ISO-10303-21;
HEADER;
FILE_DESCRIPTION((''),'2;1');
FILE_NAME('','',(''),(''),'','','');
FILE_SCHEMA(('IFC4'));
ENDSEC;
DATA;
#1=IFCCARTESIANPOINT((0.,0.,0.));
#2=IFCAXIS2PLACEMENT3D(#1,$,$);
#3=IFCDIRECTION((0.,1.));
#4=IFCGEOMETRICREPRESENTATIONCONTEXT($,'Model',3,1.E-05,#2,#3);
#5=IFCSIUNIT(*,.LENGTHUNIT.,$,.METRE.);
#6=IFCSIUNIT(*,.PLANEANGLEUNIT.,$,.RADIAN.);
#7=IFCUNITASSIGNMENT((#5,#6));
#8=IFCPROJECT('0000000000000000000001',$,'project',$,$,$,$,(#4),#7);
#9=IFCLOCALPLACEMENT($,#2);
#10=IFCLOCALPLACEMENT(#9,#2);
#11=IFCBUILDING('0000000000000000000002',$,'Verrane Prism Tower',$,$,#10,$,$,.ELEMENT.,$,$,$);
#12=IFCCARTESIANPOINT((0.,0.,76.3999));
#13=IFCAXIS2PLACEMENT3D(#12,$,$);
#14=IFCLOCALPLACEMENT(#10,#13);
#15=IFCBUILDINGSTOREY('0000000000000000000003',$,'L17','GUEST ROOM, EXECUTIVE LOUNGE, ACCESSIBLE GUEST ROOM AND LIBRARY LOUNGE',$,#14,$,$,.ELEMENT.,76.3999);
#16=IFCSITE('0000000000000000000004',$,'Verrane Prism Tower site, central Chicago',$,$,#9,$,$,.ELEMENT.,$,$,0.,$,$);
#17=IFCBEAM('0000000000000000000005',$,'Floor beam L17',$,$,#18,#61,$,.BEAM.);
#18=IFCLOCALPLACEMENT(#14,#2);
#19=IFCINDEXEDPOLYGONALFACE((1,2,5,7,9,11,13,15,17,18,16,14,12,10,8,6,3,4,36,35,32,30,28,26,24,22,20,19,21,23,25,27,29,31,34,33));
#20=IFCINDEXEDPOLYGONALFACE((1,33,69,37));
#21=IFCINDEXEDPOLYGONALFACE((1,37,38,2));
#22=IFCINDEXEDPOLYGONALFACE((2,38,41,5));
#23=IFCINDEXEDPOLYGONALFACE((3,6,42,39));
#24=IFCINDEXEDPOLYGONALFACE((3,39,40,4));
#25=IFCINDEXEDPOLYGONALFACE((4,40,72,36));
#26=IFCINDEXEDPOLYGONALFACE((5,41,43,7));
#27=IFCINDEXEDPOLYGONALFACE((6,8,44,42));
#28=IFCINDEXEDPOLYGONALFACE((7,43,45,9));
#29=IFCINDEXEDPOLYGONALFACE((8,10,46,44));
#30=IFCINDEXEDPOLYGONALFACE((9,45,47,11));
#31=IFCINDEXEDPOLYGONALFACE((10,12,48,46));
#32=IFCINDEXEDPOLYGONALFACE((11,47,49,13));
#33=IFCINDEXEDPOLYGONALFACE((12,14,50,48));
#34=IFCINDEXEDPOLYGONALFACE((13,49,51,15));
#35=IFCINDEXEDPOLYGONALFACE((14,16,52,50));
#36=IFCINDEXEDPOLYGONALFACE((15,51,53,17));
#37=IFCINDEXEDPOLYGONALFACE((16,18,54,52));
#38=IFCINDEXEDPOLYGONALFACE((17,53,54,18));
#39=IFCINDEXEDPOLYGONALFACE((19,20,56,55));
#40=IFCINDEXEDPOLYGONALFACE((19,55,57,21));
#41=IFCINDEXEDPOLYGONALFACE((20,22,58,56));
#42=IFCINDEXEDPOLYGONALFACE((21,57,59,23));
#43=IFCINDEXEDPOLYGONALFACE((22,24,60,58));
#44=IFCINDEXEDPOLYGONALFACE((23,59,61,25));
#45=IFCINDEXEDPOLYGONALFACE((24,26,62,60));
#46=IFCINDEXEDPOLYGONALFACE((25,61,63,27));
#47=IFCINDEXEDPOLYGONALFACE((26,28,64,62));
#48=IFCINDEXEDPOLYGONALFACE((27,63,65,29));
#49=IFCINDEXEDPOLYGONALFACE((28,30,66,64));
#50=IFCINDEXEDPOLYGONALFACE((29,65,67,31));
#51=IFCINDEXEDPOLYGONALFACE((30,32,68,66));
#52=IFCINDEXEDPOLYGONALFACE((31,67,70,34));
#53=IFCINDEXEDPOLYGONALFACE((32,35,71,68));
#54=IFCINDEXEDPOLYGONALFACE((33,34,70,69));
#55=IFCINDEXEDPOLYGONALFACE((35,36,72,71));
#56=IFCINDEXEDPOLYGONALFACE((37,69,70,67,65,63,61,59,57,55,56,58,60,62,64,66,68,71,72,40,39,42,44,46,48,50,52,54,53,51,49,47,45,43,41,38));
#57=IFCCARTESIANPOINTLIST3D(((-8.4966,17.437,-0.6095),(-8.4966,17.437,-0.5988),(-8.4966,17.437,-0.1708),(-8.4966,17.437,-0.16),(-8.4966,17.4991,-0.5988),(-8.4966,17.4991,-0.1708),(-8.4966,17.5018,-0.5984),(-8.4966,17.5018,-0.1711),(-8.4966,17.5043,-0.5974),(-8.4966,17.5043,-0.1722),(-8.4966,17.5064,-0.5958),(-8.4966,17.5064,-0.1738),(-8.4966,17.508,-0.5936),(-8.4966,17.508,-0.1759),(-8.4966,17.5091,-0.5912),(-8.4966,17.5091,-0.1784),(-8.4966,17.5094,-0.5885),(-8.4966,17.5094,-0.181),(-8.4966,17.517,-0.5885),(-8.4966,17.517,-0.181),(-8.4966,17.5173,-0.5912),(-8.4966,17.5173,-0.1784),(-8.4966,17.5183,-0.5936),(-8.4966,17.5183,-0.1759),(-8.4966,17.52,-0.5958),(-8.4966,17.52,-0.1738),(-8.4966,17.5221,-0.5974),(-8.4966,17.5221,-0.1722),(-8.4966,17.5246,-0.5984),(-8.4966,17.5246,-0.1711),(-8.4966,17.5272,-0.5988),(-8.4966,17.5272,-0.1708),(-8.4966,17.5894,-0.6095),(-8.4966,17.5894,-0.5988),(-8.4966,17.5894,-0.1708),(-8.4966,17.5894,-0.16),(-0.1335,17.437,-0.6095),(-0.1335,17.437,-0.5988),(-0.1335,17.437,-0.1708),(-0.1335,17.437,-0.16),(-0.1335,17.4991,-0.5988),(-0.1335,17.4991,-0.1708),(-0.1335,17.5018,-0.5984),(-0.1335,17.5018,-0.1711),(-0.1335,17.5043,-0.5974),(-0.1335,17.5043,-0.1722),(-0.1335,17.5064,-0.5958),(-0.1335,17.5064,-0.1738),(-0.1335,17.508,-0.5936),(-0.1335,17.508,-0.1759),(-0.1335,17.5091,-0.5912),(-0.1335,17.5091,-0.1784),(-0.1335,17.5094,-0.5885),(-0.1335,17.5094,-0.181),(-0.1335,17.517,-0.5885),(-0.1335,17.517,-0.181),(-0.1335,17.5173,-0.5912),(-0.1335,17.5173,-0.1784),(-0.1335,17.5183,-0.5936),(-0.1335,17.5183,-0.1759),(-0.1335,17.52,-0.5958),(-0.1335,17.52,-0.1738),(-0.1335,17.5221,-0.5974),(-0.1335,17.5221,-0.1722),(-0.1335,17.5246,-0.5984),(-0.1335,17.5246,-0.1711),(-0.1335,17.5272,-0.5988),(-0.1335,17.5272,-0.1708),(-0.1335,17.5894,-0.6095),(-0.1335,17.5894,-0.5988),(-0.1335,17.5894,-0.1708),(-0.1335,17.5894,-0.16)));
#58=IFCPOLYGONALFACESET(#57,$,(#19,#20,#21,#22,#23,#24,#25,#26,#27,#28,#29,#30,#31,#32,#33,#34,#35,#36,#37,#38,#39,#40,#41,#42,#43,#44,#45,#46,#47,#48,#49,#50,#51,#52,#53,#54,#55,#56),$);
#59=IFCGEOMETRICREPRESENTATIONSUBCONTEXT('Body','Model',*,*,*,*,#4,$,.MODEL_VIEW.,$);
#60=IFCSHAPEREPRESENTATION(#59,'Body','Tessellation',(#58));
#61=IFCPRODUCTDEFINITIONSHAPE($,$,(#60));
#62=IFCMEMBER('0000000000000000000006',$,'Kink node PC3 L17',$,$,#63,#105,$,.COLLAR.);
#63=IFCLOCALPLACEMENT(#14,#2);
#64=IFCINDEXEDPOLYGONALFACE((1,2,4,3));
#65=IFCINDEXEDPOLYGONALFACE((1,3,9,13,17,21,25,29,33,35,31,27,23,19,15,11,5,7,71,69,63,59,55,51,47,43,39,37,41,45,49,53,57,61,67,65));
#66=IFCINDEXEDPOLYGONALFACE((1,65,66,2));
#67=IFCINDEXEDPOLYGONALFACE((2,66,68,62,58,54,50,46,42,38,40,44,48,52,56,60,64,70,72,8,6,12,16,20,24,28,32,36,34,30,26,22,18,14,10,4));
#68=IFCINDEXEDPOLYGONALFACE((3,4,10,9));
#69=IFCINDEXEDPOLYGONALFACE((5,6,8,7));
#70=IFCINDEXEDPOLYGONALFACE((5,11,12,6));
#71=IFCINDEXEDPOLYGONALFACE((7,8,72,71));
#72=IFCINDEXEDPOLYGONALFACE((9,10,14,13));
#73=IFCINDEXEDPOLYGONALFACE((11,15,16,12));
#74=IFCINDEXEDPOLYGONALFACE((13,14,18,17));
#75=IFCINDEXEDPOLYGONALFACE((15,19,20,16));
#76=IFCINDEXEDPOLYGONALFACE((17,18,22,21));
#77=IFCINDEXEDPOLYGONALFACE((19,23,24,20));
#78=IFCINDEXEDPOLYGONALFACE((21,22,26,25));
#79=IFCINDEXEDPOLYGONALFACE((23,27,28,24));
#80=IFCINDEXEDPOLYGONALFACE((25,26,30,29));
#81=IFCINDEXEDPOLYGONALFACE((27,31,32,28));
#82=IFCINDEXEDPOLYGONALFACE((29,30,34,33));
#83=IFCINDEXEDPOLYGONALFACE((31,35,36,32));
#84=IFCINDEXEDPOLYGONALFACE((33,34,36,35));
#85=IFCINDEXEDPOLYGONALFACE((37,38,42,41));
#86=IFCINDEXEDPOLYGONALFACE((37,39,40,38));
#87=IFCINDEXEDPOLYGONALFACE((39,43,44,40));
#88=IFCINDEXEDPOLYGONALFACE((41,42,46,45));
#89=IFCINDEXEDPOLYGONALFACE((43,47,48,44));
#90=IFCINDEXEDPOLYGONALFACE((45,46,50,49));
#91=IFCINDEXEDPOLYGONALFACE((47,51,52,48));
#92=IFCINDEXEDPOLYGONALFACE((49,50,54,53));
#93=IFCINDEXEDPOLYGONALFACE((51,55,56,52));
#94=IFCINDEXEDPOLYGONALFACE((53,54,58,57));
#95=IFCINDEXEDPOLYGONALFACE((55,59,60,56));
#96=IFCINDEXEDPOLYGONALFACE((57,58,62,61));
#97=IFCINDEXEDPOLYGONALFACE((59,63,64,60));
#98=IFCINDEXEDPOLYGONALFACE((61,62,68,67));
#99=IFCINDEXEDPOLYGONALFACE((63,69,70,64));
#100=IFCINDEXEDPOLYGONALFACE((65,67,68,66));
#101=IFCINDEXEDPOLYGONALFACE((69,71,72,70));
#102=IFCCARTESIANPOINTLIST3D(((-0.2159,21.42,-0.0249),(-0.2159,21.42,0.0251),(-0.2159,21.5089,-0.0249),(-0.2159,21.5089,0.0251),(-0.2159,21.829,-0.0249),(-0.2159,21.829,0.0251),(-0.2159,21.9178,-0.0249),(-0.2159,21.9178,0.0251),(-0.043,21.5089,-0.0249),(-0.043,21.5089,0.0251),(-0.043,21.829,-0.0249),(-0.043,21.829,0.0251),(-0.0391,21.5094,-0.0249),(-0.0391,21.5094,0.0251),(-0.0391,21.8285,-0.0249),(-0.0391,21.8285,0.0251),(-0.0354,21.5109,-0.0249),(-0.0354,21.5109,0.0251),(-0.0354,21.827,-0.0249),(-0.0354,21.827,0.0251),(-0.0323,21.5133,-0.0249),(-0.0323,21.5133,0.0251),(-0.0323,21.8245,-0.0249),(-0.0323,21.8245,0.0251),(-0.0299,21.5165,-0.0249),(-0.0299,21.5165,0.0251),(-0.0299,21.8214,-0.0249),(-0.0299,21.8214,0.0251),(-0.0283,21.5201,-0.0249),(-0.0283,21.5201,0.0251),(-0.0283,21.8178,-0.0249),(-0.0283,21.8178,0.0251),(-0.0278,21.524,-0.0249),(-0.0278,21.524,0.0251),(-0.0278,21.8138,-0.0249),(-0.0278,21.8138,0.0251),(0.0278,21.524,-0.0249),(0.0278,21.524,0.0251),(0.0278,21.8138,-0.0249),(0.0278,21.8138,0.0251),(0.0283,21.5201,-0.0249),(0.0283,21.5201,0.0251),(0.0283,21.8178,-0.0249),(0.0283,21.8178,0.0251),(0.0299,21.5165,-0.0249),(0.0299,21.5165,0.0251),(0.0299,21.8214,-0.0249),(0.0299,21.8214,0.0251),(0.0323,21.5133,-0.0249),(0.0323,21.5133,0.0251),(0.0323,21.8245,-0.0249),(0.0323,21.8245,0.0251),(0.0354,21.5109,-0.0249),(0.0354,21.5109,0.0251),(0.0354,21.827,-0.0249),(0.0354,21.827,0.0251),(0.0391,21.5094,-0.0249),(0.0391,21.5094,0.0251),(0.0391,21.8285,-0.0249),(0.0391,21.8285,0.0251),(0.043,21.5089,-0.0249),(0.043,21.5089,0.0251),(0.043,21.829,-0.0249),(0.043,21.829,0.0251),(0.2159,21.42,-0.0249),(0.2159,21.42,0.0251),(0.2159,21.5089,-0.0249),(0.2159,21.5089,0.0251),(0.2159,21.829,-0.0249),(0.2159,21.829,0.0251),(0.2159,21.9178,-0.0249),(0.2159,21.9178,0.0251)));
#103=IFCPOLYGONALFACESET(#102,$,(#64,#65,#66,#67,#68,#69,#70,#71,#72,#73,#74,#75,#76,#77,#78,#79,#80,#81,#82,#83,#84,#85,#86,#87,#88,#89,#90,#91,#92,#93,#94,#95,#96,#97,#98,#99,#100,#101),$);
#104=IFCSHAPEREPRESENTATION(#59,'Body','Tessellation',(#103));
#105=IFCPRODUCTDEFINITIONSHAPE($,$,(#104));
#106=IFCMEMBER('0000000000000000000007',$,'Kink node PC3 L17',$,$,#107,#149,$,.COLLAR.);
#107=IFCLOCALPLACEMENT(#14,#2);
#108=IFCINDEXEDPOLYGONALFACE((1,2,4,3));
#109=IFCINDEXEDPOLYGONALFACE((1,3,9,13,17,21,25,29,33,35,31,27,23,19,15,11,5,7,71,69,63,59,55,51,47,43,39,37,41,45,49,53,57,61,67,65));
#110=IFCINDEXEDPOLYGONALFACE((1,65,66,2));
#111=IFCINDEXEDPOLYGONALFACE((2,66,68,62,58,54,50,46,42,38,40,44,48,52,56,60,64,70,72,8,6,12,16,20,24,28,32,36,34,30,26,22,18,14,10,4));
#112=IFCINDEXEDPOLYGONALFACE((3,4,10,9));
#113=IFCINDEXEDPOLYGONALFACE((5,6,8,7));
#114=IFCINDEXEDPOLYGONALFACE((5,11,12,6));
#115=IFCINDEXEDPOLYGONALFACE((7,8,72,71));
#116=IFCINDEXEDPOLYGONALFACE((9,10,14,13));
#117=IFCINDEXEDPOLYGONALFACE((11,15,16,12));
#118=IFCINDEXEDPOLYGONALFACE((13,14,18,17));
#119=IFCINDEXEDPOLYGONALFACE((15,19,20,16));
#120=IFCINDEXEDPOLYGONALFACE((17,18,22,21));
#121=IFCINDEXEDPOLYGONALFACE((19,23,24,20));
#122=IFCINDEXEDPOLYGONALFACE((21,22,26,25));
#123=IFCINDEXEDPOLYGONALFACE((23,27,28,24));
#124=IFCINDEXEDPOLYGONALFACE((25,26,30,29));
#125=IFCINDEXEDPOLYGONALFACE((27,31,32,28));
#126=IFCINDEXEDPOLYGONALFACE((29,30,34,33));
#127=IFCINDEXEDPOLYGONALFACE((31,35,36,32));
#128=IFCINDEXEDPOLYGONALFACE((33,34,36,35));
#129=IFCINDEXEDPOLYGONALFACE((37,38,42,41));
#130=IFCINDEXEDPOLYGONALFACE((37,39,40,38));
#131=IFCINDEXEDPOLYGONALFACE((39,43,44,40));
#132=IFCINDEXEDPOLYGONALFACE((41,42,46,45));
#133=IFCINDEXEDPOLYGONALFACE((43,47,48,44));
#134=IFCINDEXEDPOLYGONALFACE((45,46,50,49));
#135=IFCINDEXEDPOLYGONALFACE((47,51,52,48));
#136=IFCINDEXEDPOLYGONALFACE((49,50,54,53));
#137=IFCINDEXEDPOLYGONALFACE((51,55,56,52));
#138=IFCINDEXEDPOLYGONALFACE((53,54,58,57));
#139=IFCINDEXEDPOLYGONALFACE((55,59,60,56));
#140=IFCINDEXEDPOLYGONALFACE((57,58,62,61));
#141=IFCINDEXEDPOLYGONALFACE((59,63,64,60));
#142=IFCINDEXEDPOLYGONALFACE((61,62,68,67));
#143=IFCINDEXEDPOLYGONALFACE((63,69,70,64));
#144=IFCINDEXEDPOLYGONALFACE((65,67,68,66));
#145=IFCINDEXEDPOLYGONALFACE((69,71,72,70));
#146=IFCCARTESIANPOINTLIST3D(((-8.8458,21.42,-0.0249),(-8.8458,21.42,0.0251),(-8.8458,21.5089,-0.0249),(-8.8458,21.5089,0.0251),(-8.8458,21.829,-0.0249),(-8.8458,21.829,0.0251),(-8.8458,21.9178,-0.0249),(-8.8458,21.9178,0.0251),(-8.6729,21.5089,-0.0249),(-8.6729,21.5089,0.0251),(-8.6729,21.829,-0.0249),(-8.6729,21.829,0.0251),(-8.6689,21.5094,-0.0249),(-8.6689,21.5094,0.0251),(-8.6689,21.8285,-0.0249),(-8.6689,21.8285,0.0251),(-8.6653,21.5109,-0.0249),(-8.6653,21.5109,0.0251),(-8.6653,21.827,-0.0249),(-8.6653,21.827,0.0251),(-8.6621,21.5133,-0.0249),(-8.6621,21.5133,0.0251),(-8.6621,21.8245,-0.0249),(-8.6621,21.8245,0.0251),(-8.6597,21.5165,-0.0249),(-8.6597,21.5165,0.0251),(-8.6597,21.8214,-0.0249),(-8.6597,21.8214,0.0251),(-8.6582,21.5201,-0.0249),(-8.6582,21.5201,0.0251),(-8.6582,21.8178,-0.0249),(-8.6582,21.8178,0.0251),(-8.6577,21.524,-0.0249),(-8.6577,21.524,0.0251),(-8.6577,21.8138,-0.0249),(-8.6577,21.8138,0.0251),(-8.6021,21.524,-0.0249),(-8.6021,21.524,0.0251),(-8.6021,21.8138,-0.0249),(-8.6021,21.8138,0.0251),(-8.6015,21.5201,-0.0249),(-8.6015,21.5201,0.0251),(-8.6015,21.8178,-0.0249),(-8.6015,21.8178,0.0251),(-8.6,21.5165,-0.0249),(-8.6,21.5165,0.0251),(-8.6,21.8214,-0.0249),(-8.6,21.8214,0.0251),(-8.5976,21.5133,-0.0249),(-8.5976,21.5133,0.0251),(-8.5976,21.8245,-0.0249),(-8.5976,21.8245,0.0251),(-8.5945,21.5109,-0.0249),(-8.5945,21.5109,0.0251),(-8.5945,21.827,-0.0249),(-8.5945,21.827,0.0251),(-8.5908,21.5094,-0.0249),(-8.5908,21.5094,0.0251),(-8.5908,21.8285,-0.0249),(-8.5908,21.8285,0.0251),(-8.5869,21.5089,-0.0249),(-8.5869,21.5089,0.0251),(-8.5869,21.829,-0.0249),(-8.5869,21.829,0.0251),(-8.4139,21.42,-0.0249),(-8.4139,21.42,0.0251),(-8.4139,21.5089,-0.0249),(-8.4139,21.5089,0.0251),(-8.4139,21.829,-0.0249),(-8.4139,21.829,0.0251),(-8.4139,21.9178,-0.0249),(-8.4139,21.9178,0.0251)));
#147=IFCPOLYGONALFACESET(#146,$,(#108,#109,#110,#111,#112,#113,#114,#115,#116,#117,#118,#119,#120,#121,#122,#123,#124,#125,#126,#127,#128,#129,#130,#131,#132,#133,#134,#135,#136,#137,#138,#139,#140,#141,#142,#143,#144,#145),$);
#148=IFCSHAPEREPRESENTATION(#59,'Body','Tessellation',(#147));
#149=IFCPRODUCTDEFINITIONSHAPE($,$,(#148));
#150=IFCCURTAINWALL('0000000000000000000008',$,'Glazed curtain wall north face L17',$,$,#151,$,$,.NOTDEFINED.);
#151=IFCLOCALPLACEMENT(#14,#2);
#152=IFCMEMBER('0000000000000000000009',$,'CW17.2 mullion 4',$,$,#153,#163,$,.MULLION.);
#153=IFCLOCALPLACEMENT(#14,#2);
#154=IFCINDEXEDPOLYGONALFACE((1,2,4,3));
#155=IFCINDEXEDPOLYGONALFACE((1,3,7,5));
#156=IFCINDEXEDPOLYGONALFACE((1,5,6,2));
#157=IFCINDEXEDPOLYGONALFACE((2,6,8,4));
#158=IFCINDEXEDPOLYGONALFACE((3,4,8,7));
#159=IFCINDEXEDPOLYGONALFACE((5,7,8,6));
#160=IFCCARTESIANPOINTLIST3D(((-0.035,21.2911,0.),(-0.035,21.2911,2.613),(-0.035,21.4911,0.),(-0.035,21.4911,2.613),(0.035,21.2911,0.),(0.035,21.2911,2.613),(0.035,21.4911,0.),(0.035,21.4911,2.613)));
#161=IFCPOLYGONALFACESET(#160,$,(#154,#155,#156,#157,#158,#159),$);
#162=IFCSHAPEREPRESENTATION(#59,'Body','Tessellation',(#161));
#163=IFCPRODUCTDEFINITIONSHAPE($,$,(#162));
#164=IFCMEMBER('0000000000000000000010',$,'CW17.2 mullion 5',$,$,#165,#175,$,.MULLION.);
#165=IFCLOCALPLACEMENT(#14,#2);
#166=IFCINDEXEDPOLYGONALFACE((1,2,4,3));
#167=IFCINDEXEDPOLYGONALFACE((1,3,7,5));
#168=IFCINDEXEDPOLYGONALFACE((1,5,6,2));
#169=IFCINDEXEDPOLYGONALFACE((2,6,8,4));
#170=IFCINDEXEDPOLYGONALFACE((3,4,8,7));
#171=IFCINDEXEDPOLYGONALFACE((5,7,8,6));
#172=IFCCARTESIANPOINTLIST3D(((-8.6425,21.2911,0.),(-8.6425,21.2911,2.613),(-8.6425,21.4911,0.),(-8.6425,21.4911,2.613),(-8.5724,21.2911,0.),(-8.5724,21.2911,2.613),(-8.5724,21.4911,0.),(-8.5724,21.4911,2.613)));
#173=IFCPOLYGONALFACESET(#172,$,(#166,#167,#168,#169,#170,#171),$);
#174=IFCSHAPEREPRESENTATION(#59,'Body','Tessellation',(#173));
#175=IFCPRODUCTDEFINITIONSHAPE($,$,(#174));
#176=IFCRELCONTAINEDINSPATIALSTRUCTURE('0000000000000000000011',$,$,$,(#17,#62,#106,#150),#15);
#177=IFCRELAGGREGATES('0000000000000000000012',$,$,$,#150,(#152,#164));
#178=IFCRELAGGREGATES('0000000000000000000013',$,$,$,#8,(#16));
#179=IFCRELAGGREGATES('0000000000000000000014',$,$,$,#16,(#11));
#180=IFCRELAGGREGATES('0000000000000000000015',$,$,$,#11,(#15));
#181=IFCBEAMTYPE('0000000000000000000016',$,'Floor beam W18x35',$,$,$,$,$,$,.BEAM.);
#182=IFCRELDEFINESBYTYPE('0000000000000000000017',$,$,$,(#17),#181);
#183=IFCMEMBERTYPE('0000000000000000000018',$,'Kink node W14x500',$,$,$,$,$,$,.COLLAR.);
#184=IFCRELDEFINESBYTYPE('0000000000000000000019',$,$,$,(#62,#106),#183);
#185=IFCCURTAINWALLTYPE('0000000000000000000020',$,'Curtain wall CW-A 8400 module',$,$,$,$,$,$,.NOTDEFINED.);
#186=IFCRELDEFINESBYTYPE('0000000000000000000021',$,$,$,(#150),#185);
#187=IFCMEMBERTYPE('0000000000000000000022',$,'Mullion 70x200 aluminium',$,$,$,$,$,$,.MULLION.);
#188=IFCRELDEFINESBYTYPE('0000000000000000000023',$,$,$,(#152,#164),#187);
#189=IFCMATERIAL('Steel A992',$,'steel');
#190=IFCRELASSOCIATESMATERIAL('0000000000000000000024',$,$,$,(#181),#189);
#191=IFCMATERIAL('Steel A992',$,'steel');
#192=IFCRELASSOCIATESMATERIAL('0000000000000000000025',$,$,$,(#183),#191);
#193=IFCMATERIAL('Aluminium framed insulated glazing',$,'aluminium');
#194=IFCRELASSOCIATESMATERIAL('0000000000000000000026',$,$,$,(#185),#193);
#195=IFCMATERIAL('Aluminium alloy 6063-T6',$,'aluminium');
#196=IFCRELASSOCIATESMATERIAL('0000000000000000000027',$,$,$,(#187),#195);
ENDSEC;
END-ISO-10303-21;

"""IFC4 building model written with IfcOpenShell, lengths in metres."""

from ifc_helpers import new_model, si_unit, direction, frame, origin, origin_2d, place, context, subcontext, project, spatial, rectangle, i_section, extrude, material, material_profile, profile_set, type_object, element, aggregate, save


model = new_model("IFC4")

# Units and contexts
model_context = context("Model", 3, precision=1e-05, world=origin(), true_north=direction((0.0, 1.0)))
body_context = subcontext(model_context, "Body", "Model", "MODEL_VIEW")
ifc_project = project(units=[si_unit("LENGTHUNIT", "METRE"), si_unit("PLANEANGLEUNIT", "RADIAN")], contexts=[model_context])

# Site, building, storey
site_placement = place(None, origin())
site = spatial("IfcSite", under=ifc_project, at=site_placement, Name="Verrane Prism Tower site, central Chicago", CompositionType="ELEMENT", RefElevation=0.0)
building_placement = place(site_placement, origin())
building = spatial("IfcBuilding", under=site, at=building_placement, Name="Verrane Prism Tower", CompositionType="ELEMENT")
storey_placement = place(building_placement, frame((0.0, 0.0, 76.3999)))
storey = spatial("IfcBuildingStorey", under=building, at=storey_placement, Name="L17", Description="GUEST ROOM, EXECUTIVE LOUNGE, ACCESSIBLE GUEST ROOM AND LIBRARY LOUNGE", CompositionType="ELEMENT", Elevation=76.3999)

# Beam
ifc_material_1 = material(Name="Steel A992", Category="steel")
ifc_material_profile_1 = material_profile(ifc_material_1, i_section(OverallWidth=0.1523, OverallDepth=0.4495, WebThickness=0.0076, FlangeThickness=0.0107, FilletRadius=0.0103, at=origin_2d()), Name="W18x35")
ifc_profile_set_1 = profile_set([ifc_material_profile_1], Name="Steel A992")
beam_type_1 = type_object("IfcBeamType", Name="Floor beam W18x35", PredefinedType="BEAM", material=ifc_profile_set_1)
for number, where, z_axis, x_axis, name in (
    (1, (-8.4966, 17.5132, -0.3848), (1.0, 0.0, 0.0), (0.0, 1.0, 0.0), "Floor beam L17"),
):
    element("IfcBeam", number, at=place(storey_placement, frame(where, z_axis=z_axis, x_axis=x_axis)), inside=storey, type_object=beam_type_1, Name=name, PredefinedType="BEAM", context=body_context, shape_type="SweptSolid", body=[
        extrude(i_section(OverallWidth=0.1523, OverallDepth=0.4495, WebThickness=0.0076, FlangeThickness=0.0107, FilletRadius=0.0103, at=origin_2d()), origin(), (0.0, 0.0, 1.0), 8.363),
    ])

# Members
ifc_material_2 = material(Name="Steel A992", Category="steel")
ifc_material_profile_2 = material_profile(ifc_material_2, i_section(OverallWidth=0.4319, OverallDepth=0.4978, WebThickness=0.0557, FlangeThickness=0.0889, FilletRadius=0.0151, at=origin_2d()), Name="W14x500")
ifc_profile_set_2 = profile_set([ifc_material_profile_2], Name="Steel A992")
member_type_1 = type_object("IfcMemberType", Name="Kink node W14x500", PredefinedType="COLLAR", material=ifc_profile_set_2)
for number, where, z_axis, x_axis, name in (
    (2, (0.0, 21.6689, -0.0249), (0.0, 0.0, 1.0), (1.0, 0.0, 0.0), "Kink node PC3 L17"),
    (3, (-8.6299, 21.6689, -0.0249), (0.0, 0.0, 1.0), (1.0, 0.0, 0.0), "Kink node PC3 L17"),
):
    element("IfcMember", number, at=place(storey_placement, frame(where, z_axis=z_axis, x_axis=x_axis)), inside=storey, type_object=member_type_1, Name=name, PredefinedType="COLLAR", context=body_context, shape_type="SweptSolid", body=[
        extrude(i_section(OverallWidth=0.4319, OverallDepth=0.4978, WebThickness=0.0557, FlangeThickness=0.0889, FilletRadius=0.0151, at=origin_2d()), origin(), (0.0, 0.0, 1.0), 0.05),
    ])

# Curtain wall, members
ifc_material_3 = material(Name="Aluminium framed insulated glazing", Category="aluminium")
curtain_wall_type = type_object("IfcCurtainWallType", Name="Curtain wall CW-A 8400 module", PredefinedType="NOTDEFINED", material=ifc_material_3)
curtain_wall_placement = place(storey_placement, origin())
curtain_wall = element("IfcCurtainWall", 4, at=curtain_wall_placement, inside=storey, type_object=curtain_wall_type, Name="Glazed curtain wall north face L17", PredefinedType="NOTDEFINED")
ifc_material_4 = material(Name="Aluminium alloy 6063-T6", Category="aluminium")
ifc_material_profile_3 = material_profile(ifc_material_4, rectangle(XDim=0.2, YDim=0.0701, at=origin_2d()), Name="Mullion 70x200 aluminium")
ifc_profile_set_3 = profile_set([ifc_material_profile_3], Name="Aluminium alloy 6063-T6")
member_type_2 = type_object("IfcMemberType", Name="Mullion 70x200 aluminium", PredefinedType="MULLION", material=ifc_profile_set_3)
member_1_placement = place(storey_placement, frame((0.0, 21.3911, 0.0), z_axis=(0.0, 0.0, 1.0), x_axis=(0.0, -1.0, 0.0)))
member_1 = element("IfcMember", 5, at=member_1_placement, type_object=member_type_2, Name="CW17.2 mullion 4", PredefinedType="MULLION", context=body_context, shape_type="SweptSolid", body=[
    extrude(rectangle(XDim=0.2, YDim=0.0701, at=origin_2d()), origin(), (0.0, 0.0, 1.0), 2.613),
])
member_2_placement = place(storey_placement, frame((-8.6074, 21.3911, 0.0), z_axis=(0.0, 0.0, 1.0), x_axis=(0.0, -1.0, 0.0)))
member_2 = element("IfcMember", 6, at=member_2_placement, type_object=member_type_2, Name="CW17.2 mullion 5", PredefinedType="MULLION", context=body_context, shape_type="SweptSolid", body=[
    extrude(rectangle(XDim=0.2, YDim=0.0701, at=origin_2d()), origin(), (0.0, 0.0, 1.0), 2.613),
])

aggregate(curtain_wall, [member_1, member_2])

save(model, "model.ifc")
